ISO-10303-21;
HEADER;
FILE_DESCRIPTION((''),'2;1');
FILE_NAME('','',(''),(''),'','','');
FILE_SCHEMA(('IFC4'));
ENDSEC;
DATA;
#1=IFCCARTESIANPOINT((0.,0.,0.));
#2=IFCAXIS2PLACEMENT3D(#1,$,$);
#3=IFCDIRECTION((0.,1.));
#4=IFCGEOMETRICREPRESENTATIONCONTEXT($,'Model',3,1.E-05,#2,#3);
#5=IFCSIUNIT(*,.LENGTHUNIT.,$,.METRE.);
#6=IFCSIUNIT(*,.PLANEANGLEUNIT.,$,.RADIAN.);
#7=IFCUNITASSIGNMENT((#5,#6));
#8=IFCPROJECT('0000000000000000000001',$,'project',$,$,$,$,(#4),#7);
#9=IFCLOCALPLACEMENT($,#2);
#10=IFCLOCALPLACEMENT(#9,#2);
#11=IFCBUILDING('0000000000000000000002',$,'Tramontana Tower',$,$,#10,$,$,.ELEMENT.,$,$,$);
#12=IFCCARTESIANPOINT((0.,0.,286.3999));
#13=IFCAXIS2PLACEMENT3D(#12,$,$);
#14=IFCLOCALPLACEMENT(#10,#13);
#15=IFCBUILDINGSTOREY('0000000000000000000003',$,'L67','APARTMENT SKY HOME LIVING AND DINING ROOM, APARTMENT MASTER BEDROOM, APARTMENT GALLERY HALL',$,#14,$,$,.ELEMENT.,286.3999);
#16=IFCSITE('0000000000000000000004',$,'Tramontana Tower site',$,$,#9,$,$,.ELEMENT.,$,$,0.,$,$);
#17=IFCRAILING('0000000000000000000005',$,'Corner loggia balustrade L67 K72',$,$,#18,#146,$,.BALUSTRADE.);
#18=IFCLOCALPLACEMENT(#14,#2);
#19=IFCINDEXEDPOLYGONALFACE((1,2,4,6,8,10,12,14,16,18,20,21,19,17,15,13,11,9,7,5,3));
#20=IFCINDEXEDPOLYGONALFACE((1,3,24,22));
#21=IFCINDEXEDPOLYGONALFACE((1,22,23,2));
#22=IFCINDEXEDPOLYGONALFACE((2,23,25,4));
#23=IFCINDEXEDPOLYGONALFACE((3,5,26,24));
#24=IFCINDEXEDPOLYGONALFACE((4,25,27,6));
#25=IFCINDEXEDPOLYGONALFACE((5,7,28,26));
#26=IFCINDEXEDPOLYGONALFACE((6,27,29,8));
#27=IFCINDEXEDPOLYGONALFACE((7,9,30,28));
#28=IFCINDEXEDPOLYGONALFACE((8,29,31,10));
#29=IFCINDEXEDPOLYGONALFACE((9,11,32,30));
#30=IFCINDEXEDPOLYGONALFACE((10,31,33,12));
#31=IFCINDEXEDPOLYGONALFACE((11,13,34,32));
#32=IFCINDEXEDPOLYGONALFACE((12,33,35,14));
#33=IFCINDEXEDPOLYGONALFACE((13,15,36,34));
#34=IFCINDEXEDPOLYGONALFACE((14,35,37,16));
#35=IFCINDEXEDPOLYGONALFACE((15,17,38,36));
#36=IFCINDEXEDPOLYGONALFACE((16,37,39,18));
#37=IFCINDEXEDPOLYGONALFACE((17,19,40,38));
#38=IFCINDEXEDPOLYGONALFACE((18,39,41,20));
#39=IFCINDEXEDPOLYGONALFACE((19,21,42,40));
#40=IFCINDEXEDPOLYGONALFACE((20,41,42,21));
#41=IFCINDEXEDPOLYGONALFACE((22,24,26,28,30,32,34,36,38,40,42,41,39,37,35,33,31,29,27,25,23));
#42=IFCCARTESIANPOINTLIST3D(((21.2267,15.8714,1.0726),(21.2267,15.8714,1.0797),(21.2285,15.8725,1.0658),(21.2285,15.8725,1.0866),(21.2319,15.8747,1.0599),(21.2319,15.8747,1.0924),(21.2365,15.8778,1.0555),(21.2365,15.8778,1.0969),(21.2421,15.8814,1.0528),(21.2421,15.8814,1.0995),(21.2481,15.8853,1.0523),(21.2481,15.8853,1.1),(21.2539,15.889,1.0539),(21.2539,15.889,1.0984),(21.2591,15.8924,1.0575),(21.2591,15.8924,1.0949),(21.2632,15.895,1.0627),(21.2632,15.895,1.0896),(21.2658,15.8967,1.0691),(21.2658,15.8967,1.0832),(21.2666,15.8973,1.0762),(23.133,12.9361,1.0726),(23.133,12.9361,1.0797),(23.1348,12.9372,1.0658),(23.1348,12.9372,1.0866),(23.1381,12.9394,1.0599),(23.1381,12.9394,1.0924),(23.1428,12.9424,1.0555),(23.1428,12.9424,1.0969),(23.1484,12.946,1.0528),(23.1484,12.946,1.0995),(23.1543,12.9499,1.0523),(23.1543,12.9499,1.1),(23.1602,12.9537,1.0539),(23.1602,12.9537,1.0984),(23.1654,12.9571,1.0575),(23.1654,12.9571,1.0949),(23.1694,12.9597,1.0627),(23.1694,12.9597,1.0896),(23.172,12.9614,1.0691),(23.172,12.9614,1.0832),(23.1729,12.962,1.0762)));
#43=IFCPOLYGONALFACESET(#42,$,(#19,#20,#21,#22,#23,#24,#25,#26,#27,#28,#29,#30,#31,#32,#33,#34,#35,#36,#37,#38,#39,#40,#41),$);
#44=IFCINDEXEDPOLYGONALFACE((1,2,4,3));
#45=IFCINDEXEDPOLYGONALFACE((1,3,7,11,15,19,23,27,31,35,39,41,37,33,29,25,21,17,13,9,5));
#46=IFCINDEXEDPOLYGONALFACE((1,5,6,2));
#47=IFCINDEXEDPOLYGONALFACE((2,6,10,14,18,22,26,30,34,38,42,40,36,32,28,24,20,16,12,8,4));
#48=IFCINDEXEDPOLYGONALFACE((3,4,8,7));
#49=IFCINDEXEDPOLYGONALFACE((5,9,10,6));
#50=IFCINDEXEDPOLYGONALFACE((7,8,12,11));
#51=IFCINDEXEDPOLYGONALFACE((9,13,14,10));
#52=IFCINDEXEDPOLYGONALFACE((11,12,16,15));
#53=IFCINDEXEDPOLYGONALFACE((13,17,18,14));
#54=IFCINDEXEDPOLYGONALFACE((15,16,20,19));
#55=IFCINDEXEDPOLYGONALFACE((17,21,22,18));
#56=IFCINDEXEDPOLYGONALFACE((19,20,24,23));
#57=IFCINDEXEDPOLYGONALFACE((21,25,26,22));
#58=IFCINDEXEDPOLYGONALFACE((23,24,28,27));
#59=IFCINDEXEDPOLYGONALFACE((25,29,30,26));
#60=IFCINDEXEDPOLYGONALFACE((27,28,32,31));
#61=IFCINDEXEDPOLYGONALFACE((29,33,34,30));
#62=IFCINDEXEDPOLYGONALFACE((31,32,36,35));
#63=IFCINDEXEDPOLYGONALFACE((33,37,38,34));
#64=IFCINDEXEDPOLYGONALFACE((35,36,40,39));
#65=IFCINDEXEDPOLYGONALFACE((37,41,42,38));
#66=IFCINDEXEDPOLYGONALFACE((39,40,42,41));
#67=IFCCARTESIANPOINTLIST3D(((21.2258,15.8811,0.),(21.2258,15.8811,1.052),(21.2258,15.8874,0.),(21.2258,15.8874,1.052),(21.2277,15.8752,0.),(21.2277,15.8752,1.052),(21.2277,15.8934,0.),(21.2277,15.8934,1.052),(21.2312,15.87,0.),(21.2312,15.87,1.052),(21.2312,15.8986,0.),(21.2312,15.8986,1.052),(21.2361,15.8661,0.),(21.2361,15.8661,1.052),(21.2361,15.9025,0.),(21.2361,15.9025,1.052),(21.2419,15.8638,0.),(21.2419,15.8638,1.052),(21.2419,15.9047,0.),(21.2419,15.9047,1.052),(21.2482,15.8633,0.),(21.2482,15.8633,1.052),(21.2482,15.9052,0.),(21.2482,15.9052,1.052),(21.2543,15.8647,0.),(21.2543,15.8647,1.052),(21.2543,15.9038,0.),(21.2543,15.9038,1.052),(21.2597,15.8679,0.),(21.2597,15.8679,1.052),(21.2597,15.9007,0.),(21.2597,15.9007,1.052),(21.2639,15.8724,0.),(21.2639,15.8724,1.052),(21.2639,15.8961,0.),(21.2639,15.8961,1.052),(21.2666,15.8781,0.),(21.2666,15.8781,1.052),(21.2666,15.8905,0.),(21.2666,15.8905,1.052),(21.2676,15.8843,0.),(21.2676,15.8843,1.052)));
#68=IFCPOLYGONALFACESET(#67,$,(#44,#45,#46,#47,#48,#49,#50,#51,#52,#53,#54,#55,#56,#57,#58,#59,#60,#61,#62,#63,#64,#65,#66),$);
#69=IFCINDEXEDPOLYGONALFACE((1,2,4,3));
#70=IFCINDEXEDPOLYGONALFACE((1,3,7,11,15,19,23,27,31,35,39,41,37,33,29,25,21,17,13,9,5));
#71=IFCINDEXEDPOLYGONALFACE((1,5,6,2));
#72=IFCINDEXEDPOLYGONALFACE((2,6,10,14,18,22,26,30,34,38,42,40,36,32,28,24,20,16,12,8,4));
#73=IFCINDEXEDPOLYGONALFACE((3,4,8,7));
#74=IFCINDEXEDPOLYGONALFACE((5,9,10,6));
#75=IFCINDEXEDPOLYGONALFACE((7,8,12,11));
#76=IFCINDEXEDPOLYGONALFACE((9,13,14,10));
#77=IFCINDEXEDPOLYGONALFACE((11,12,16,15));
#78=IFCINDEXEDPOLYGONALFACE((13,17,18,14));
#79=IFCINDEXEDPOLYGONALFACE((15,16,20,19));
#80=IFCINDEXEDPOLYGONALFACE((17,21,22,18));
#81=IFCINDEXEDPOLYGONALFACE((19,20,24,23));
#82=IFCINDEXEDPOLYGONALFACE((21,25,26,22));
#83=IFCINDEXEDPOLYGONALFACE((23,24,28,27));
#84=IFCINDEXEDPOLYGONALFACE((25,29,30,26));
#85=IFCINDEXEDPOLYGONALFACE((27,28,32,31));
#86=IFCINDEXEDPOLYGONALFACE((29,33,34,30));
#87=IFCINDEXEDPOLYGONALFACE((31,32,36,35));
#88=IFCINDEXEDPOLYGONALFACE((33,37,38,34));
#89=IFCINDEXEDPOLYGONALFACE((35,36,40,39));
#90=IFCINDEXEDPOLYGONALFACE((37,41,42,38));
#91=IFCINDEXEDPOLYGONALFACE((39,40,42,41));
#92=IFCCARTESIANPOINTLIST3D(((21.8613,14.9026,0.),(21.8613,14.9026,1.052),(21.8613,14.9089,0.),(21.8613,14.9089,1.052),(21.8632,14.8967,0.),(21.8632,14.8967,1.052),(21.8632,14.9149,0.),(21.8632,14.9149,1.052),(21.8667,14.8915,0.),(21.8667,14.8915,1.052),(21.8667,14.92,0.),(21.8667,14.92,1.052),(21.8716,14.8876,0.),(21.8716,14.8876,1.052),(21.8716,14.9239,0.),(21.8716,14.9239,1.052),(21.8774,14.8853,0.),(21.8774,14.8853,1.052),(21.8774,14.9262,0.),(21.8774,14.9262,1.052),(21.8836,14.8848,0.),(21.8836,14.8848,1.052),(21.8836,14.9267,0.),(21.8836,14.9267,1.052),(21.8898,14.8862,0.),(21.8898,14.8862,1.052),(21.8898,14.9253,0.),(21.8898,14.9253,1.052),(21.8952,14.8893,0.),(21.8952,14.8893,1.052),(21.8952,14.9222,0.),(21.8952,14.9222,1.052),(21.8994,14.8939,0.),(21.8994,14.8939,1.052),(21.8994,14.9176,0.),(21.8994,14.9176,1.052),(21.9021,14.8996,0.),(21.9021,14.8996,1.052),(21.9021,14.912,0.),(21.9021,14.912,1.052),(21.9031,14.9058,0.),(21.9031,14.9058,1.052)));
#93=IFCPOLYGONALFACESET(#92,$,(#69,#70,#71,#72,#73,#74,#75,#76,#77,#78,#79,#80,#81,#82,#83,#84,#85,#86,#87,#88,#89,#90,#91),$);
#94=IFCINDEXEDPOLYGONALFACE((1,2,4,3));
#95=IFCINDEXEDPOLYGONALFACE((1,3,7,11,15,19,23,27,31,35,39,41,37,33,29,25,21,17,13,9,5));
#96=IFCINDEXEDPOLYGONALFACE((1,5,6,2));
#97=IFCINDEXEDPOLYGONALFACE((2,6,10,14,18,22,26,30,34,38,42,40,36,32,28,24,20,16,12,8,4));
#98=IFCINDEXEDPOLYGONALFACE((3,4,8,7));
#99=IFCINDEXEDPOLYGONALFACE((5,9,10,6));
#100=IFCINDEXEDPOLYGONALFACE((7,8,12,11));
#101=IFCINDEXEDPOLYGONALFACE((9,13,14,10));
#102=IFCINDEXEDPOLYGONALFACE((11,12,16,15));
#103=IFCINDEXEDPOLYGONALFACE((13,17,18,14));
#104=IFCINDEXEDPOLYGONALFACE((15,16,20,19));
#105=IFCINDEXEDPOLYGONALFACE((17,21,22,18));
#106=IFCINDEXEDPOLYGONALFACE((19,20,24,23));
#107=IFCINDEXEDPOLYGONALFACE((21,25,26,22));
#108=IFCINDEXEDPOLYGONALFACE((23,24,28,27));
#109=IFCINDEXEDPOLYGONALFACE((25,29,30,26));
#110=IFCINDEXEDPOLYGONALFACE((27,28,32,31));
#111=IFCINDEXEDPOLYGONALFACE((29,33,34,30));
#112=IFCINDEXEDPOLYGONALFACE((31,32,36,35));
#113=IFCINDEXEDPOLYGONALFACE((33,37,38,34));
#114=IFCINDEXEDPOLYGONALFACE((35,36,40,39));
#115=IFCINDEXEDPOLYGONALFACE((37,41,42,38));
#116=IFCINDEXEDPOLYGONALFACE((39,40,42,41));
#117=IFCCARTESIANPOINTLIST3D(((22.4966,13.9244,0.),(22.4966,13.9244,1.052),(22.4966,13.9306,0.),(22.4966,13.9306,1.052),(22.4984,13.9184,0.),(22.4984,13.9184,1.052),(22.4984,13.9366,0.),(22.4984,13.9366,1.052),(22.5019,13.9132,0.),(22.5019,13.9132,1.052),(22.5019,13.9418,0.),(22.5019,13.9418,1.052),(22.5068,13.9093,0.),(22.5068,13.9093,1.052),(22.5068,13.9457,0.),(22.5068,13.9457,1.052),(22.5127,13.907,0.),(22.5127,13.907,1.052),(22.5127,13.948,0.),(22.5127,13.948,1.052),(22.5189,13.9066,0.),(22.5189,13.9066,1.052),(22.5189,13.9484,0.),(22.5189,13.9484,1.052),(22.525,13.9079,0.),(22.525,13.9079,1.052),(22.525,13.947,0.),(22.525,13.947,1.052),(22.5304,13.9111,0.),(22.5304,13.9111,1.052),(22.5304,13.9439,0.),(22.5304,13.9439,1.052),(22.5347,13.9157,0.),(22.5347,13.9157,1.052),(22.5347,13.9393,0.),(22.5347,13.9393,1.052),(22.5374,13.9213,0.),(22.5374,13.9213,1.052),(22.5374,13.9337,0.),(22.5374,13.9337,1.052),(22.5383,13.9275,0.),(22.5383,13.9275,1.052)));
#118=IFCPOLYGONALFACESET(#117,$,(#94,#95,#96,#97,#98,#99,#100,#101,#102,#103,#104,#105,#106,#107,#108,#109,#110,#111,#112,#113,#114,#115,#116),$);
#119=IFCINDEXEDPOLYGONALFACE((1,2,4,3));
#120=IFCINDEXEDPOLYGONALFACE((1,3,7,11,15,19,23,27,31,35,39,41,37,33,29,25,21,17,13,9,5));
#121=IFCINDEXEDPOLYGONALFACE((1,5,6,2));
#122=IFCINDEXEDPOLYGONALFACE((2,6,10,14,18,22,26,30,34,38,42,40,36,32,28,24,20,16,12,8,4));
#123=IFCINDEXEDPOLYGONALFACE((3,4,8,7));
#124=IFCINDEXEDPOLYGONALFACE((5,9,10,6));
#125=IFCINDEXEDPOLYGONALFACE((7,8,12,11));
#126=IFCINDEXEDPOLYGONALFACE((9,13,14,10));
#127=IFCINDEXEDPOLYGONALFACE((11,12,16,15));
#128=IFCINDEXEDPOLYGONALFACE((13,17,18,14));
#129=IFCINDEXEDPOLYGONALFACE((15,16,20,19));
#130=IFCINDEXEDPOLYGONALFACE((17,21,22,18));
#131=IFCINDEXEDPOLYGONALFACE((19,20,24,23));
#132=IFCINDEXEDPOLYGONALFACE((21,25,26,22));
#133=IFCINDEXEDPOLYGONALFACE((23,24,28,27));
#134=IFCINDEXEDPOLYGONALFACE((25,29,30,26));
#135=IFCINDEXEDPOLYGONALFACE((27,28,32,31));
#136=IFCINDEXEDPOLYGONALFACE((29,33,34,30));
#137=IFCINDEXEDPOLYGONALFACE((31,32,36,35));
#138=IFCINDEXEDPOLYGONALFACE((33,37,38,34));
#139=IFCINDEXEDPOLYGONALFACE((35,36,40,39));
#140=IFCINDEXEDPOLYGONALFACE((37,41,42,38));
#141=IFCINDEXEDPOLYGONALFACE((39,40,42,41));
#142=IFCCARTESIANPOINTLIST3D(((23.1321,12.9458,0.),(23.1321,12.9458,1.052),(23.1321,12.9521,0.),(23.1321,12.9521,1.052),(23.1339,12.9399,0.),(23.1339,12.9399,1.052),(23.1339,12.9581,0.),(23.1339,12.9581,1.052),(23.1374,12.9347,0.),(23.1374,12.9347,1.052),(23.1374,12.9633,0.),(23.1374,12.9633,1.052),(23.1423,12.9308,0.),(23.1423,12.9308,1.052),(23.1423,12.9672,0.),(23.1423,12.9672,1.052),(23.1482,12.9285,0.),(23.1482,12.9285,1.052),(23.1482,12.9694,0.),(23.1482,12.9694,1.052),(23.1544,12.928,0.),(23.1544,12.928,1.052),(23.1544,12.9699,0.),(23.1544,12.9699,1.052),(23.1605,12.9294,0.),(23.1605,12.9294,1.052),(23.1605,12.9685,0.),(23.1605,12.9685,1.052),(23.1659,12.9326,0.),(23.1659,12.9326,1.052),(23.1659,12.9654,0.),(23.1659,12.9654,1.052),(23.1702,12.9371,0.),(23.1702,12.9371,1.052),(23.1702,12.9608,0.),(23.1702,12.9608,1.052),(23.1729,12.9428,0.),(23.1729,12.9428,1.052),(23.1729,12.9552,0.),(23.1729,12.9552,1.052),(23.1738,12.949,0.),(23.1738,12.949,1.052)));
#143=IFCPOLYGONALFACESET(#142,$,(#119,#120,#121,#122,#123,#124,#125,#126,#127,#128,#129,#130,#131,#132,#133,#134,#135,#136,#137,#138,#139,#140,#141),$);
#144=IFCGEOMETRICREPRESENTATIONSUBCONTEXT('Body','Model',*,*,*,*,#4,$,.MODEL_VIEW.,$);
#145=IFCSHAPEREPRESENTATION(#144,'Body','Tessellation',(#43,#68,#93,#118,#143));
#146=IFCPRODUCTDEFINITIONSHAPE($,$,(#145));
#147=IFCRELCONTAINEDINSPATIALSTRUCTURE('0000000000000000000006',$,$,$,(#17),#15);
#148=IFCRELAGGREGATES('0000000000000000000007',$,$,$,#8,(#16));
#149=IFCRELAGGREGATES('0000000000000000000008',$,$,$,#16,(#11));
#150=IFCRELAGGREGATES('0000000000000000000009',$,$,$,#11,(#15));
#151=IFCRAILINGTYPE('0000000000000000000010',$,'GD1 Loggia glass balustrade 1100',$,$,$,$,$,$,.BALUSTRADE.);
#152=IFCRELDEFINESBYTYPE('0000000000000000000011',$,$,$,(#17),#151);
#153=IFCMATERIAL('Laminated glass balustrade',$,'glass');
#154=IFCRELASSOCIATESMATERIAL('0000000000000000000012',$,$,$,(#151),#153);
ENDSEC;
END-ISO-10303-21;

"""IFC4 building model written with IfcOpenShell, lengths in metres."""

from ifc_helpers import new_model, si_unit, direction, frame, origin, origin_2d, place, context, subcontext, project, spatial, circle, extrude, material, type_object, element, save


model = new_model("IFC4")

# Units and contexts
model_context = context("Model", 3, precision=1e-05, world=origin(), true_north=direction((0.0, 1.0)))
body_context = subcontext(model_context, "Body", "Model", "MODEL_VIEW")
ifc_project = project(units=[si_unit("LENGTHUNIT", "METRE"), si_unit("PLANEANGLEUNIT", "RADIAN")], contexts=[model_context])

# Site, building, storey
site_placement = place(None, origin())
site = spatial("IfcSite", under=ifc_project, at=site_placement, Name="Tramontana Tower site", CompositionType="ELEMENT", RefElevation=0.0)
building_placement = place(site_placement, origin())
building = spatial("IfcBuilding", under=site, at=building_placement, Name="Tramontana Tower", CompositionType="ELEMENT")
storey_placement = place(building_placement, frame((0.0, 0.0, 286.3999)))
storey = spatial("IfcBuildingStorey", under=building, at=storey_placement, Name="L67", Description="APARTMENT SKY HOME LIVING AND DINING ROOM, APARTMENT MASTER BEDROOM, APARTMENT GALLERY HALL", CompositionType="ELEMENT", Elevation=286.3999)

# Railing
ifc_material_1 = material(Name="Laminated glass balustrade", Category="glass")
railing_type = type_object("IfcRailingType", Name="GD1 Loggia glass balustrade 1100", PredefinedType="BALUSTRADE", material=ifc_material_1)
railing_1_placement = place(storey_placement, frame((21.2466, 15.8843, 0.0)))
element("IfcRailing", 1, at=railing_1_placement, inside=storey, type_object=railing_type, Name="Corner loggia balustrade L67 K72", PredefinedType="BALUSTRADE", context=body_context, shape_type="SweptSolid", body=[
    extrude(circle(Radius=0.0239, at=origin_2d()), frame((0.0, 0.0, 1.0762), z_axis=(0.544647, -0.838665, 0.0), x_axis=(0.838665, 0.544647, 0.0)), (0.0, 0.0, 1.0), 3.5),
    extrude(circle(Radius=0.021, at=origin_2d()), origin(), (0.0, 0.0, 1.0), 1.052),
    extrude(circle(Radius=0.021, at=origin_2d()), frame((0.6355, -0.9785, 0.0)), (0.0, 0.0, 1.0), 1.052),
    extrude(circle(Radius=0.021, at=origin_2d()), frame((1.2708, -1.9568, 0.0)), (0.0, 0.0, 1.0), 1.052),
    extrude(circle(Radius=0.021, at=origin_2d()), frame((1.9062, -2.9353, 0.0)), (0.0, 0.0, 1.0), 1.052),
])

save(model, "model.ifc")
